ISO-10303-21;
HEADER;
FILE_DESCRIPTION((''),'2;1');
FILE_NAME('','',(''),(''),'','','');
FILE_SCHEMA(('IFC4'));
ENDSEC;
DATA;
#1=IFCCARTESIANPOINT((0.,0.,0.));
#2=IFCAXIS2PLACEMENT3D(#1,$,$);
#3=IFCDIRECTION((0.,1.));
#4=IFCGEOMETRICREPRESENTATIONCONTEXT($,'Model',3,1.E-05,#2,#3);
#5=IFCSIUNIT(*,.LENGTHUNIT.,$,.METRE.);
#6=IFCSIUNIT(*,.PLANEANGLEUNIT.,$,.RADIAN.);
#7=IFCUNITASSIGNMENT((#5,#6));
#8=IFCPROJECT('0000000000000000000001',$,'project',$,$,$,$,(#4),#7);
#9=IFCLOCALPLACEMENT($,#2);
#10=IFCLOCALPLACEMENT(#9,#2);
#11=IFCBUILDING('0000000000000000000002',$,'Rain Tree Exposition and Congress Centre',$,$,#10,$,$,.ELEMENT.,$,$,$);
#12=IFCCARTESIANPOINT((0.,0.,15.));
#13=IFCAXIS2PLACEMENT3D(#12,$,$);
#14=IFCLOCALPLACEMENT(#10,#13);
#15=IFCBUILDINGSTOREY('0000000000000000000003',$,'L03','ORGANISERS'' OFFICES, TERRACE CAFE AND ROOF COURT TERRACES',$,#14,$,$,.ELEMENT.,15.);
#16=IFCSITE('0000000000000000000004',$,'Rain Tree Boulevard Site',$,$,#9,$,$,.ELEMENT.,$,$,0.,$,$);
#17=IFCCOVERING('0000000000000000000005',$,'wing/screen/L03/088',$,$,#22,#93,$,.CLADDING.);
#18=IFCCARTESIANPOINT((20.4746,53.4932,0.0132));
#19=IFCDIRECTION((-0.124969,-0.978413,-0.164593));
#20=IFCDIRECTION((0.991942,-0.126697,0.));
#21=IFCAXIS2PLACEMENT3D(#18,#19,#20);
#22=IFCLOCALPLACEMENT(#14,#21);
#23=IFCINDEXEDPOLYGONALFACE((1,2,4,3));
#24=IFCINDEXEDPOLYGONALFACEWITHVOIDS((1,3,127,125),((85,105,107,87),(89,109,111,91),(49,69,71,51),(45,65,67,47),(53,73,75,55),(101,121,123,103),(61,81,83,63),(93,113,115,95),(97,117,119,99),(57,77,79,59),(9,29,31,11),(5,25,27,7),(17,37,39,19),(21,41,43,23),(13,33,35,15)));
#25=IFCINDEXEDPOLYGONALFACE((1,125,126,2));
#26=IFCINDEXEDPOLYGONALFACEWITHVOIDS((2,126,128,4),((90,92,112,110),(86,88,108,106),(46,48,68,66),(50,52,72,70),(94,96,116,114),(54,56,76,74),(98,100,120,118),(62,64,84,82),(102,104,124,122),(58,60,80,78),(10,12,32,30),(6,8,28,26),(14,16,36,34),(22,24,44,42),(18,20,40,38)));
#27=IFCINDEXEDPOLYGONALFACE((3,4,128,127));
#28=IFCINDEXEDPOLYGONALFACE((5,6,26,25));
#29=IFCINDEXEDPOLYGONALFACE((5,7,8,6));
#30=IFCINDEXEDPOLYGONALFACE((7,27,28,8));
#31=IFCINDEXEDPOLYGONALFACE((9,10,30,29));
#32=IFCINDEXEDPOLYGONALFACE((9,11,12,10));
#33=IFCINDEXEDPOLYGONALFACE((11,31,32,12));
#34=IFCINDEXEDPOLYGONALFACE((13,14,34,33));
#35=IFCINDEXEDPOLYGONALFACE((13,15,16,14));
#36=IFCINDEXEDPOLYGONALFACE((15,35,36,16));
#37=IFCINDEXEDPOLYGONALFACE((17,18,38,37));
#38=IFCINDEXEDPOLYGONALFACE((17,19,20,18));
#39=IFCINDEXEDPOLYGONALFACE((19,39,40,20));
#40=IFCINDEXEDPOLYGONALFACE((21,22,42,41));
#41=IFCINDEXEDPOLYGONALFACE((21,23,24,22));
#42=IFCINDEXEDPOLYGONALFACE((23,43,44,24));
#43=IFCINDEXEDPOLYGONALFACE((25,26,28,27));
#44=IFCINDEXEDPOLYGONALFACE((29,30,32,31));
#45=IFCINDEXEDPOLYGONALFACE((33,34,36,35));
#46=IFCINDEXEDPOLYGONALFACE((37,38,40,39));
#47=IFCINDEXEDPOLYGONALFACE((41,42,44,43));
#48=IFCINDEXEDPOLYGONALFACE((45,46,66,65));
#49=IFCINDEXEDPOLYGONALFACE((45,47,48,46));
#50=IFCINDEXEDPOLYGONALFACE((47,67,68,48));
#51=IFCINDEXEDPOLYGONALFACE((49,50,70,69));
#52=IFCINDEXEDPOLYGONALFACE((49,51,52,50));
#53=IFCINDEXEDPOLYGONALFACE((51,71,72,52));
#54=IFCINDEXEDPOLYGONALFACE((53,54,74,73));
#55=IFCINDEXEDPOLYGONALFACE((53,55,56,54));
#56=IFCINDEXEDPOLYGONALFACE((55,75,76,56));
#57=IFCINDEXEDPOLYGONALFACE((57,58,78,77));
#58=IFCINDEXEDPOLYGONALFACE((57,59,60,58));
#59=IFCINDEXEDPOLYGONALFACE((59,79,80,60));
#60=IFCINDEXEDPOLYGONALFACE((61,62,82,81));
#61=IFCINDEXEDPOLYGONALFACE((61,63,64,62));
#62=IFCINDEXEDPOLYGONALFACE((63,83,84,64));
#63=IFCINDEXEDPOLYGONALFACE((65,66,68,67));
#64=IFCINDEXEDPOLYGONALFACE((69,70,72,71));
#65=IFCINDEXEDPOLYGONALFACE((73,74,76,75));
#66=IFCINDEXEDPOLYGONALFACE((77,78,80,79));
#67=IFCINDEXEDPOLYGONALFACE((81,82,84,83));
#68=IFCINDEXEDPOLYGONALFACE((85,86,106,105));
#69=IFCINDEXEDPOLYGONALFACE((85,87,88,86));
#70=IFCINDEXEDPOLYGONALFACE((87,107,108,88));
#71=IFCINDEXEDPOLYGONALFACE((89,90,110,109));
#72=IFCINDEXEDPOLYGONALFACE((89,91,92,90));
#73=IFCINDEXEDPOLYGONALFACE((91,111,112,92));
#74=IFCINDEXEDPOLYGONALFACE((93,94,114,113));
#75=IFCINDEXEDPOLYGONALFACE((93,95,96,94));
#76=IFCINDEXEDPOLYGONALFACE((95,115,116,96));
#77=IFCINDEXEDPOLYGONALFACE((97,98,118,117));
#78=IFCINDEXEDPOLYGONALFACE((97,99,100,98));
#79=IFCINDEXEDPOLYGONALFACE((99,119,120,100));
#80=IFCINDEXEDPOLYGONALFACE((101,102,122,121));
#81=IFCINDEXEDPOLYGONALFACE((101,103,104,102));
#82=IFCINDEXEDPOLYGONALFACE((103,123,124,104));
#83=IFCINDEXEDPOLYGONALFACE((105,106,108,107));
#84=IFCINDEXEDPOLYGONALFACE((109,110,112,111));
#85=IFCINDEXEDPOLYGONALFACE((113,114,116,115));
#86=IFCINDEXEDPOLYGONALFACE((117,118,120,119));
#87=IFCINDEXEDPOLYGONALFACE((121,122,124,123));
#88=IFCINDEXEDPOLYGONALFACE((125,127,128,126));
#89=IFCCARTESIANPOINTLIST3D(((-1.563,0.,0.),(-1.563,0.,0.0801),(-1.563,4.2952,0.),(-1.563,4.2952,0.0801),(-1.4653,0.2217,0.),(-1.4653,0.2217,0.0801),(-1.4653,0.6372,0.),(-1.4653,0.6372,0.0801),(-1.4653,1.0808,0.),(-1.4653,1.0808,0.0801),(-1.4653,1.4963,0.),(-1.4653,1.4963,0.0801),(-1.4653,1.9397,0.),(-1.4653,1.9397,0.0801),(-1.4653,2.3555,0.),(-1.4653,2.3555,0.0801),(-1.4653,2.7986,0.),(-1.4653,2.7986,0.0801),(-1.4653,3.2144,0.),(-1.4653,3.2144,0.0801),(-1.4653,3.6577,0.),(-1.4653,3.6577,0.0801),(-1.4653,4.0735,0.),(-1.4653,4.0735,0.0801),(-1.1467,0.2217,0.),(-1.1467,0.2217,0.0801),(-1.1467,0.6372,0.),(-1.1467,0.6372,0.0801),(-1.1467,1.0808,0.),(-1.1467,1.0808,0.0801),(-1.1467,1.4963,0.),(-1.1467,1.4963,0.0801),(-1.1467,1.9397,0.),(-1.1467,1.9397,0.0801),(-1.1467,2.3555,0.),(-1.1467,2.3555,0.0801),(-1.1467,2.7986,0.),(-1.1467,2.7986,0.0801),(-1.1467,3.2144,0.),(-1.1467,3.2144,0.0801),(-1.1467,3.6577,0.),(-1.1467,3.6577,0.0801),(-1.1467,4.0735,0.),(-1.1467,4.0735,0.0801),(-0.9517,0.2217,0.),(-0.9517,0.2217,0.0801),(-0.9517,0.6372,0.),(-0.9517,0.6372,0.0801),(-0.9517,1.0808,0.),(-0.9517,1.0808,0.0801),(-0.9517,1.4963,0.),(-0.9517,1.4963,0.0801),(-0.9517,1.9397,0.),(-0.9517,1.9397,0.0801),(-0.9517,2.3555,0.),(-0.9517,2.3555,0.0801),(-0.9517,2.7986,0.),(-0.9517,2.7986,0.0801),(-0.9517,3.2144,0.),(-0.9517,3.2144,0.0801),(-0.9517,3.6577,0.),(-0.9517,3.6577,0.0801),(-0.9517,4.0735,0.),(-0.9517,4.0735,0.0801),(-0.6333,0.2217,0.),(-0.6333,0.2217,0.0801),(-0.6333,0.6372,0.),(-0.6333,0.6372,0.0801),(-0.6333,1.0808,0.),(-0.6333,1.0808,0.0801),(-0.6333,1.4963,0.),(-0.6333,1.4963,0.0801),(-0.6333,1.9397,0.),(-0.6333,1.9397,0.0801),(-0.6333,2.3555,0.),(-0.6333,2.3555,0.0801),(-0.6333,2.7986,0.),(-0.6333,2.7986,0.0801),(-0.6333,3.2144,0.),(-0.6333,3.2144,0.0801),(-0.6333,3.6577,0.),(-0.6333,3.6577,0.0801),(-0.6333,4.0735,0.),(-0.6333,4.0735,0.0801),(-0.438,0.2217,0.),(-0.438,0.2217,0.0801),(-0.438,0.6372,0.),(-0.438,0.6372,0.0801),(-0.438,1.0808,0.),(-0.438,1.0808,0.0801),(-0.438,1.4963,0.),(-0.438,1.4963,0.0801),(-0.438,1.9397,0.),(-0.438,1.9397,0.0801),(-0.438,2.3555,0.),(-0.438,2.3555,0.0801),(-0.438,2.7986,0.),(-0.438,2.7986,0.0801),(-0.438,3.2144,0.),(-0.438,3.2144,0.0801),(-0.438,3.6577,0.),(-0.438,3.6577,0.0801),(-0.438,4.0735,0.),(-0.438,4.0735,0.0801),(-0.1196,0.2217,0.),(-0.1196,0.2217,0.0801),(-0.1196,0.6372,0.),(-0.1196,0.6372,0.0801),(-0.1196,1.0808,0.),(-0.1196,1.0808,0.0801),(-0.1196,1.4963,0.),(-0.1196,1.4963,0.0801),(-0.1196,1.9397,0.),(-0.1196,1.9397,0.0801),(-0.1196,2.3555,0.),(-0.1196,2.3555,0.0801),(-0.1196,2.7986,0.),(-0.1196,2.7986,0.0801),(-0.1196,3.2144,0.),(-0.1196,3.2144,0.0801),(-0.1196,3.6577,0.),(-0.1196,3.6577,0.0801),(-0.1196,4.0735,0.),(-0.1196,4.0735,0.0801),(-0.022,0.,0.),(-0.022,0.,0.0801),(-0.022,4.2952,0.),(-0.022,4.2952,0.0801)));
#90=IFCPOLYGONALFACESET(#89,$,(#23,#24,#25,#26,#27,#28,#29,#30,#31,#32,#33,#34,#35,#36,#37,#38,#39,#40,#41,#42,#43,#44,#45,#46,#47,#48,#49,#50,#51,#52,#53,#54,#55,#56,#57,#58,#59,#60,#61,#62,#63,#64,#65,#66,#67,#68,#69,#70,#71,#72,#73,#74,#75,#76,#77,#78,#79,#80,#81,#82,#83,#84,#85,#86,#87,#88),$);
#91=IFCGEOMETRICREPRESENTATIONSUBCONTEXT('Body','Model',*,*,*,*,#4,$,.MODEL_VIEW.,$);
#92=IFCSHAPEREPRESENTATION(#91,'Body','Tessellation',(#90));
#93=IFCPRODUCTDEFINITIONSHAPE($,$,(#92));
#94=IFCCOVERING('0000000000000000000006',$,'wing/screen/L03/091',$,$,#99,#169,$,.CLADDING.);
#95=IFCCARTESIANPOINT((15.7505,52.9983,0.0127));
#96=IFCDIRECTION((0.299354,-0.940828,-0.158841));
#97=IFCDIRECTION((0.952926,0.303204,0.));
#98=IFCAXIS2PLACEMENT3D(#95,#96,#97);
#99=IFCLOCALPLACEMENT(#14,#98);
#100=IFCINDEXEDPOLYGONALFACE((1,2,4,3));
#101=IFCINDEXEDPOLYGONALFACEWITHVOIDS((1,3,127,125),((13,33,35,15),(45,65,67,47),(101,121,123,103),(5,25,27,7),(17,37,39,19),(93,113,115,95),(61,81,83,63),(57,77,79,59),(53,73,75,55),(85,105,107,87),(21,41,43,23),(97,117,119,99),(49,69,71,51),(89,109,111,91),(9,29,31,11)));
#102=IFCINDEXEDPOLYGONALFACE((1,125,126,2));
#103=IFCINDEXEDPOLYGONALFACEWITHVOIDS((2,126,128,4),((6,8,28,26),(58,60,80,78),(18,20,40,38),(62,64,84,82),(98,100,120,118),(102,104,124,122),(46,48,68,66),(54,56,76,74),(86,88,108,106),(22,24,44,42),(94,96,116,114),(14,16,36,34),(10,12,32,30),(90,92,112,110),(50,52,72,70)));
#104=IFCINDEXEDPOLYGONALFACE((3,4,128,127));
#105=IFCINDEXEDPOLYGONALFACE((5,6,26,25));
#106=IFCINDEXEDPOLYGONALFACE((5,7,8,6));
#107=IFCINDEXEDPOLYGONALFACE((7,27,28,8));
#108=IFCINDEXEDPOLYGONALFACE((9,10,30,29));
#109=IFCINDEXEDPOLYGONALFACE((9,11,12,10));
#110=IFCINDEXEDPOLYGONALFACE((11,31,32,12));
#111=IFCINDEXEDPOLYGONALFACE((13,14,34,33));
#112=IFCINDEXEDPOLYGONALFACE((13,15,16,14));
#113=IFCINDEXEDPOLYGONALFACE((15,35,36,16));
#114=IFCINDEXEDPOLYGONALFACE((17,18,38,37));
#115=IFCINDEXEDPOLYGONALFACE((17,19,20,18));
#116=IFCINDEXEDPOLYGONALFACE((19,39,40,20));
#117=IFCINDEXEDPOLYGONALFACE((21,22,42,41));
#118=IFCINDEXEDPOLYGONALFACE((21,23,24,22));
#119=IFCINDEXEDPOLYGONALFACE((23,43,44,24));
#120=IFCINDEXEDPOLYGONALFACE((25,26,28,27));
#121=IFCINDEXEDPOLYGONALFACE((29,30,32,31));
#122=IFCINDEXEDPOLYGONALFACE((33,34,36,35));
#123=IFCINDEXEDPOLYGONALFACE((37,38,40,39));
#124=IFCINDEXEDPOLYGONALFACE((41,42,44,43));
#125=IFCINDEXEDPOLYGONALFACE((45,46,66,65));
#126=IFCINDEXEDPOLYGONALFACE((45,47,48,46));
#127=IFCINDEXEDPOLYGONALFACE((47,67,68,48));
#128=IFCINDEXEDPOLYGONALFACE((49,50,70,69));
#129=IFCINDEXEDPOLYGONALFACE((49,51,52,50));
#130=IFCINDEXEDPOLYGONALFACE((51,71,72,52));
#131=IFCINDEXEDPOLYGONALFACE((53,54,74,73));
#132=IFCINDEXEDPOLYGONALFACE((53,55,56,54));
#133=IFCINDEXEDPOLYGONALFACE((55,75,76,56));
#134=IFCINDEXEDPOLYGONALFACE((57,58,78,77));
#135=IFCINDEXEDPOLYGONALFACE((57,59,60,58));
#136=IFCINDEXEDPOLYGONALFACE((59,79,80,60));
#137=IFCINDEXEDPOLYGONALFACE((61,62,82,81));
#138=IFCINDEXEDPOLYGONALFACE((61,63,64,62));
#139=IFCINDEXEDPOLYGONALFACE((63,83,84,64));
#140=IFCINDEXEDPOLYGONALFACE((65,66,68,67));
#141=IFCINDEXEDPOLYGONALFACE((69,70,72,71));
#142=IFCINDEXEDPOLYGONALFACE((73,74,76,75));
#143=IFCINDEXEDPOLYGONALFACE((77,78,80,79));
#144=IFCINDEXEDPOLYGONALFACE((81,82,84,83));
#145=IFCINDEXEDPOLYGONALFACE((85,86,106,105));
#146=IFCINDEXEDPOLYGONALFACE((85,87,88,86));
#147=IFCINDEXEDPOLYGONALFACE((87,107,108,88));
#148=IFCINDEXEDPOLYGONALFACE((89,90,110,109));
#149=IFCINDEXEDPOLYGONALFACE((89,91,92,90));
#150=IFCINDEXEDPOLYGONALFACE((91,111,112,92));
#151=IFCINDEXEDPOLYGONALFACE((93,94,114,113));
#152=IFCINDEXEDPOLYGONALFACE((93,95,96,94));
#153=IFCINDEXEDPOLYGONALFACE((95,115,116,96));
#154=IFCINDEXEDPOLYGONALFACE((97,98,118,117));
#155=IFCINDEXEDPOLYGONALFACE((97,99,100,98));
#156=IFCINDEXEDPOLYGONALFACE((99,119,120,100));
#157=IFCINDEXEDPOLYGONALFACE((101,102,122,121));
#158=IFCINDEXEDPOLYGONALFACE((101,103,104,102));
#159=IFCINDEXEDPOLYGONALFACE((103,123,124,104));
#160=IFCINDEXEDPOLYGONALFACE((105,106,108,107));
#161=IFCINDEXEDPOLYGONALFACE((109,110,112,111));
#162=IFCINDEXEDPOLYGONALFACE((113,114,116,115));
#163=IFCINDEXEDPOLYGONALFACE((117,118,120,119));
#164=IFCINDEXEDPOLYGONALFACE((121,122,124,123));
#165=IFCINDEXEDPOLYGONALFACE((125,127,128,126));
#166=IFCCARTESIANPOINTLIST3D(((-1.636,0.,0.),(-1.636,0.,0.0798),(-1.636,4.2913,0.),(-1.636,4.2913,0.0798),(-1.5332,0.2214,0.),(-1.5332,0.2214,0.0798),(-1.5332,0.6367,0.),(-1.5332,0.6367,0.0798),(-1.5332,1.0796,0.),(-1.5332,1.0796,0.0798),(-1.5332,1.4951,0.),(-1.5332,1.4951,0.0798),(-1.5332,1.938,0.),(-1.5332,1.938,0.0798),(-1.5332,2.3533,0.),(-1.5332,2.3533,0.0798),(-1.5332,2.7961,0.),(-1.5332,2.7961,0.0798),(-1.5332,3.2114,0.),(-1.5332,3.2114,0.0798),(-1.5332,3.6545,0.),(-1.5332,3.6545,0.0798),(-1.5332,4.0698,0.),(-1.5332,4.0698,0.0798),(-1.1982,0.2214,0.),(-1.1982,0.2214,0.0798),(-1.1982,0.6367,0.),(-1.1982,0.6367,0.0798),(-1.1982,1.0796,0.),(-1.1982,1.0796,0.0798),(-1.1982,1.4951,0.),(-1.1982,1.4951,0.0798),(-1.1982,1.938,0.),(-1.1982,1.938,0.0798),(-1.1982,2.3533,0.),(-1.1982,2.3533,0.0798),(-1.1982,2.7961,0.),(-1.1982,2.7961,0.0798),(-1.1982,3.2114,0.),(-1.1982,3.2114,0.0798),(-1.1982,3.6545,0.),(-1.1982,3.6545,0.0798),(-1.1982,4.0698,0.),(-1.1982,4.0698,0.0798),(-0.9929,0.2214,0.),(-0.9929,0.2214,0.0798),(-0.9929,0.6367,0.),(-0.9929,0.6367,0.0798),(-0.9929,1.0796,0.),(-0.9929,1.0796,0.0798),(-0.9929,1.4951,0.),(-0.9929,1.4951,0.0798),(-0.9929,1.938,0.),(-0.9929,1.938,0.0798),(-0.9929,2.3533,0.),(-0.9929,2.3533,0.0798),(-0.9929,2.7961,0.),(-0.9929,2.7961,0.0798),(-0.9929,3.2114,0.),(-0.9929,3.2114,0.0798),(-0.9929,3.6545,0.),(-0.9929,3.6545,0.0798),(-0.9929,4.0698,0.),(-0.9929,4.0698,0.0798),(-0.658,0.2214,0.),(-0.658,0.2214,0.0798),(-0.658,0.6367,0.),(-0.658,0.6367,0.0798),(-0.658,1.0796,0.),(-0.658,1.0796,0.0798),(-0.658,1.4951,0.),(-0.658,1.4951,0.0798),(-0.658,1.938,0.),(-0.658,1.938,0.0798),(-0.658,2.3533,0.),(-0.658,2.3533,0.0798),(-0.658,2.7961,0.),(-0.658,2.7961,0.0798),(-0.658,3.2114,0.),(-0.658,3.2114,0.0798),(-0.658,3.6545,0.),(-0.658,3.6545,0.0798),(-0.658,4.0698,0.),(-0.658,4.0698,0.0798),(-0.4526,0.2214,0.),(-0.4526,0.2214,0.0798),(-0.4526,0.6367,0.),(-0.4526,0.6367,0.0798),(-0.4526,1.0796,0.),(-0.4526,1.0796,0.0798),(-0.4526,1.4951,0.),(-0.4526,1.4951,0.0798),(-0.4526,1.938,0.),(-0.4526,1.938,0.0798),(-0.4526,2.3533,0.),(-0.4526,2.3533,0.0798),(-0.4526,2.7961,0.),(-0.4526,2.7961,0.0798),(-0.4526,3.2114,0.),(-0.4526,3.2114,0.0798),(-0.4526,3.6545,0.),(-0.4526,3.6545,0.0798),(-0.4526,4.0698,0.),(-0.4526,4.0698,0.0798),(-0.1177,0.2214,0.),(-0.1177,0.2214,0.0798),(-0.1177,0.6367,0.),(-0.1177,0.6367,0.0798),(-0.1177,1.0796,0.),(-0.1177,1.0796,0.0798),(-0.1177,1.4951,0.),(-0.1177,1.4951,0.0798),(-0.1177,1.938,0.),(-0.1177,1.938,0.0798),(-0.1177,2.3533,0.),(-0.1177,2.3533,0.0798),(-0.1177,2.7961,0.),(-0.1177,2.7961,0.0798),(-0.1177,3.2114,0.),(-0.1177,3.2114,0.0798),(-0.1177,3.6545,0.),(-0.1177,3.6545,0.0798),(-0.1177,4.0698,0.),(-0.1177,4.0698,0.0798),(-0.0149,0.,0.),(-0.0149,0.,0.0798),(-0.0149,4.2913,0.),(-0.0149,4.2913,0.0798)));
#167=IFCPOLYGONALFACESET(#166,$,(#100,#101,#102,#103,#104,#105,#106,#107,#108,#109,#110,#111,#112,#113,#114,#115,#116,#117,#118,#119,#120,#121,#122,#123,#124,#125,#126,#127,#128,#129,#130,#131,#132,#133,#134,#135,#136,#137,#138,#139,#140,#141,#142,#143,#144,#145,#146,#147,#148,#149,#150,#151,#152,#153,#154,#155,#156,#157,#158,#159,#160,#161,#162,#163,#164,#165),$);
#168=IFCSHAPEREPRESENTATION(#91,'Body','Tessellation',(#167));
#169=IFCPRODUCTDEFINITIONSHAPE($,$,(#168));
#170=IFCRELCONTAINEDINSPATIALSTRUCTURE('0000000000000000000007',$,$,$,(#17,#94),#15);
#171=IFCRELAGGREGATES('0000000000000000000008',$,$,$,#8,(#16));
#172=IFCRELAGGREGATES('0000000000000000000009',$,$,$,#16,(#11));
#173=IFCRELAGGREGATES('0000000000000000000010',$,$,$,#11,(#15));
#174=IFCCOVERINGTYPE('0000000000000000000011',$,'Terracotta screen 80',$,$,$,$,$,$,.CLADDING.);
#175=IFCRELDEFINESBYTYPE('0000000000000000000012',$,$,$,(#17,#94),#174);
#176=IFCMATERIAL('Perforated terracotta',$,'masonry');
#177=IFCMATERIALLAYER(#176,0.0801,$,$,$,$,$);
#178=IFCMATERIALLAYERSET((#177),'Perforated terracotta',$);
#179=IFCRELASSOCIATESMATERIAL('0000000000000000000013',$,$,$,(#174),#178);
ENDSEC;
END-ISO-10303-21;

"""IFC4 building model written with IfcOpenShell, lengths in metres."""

from ifc_helpers import new_model, si_unit, direction, frame, origin, place, context, subcontext, project, spatial, polyline, outline, extrude, material, layer, layer_set, type_object, element, save


model = new_model("IFC4")

# Units and contexts
model_context = context("Model", 3, precision=1e-05, world=origin(), true_north=direction((0.0, 1.0)))
body_context = subcontext(model_context, "Body", "Model", "MODEL_VIEW")
ifc_project = project(units=[si_unit("LENGTHUNIT", "METRE"), si_unit("PLANEANGLEUNIT", "RADIAN")], contexts=[model_context])

# Site, building, storey
site_placement = place(None, origin())
site = spatial("IfcSite", under=ifc_project, at=site_placement, Name="Rain Tree Boulevard Site", CompositionType="ELEMENT", RefElevation=0.0)
building_placement = place(site_placement, origin())
building = spatial("IfcBuilding", under=site, at=building_placement, Name="Rain Tree Exposition and Congress Centre", CompositionType="ELEMENT")
storey_placement = place(building_placement, frame((0.0, 0.0, 15.0)))
storey = spatial("IfcBuildingStorey", under=building, at=storey_placement, Name="L03", Description="ORGANISERS' OFFICES, TERRACE CAFE AND ROOF COURT TERRACES", CompositionType="ELEMENT", Elevation=15.0)

# Coverings
ifc_material_1 = material(Name="Perforated terracotta", Category="masonry")
ifc_layer = layer(ifc_material_1, 0.0801)
ifc_layer_set = layer_set([ifc_layer], Name="Perforated terracotta")
covering_type = type_object("IfcCoveringType", Name="Terracotta screen 80", PredefinedType="CLADDING", material=ifc_layer_set)
covering_1_placement = place(storey_placement, frame((20.4746, 53.4932, 0.0132), z_axis=(-0.124969, -0.978413, -0.164593), x_axis=(0.991942, -0.126697, 0.0)))
element("IfcCovering", 1, at=covering_1_placement, inside=storey, type_object=covering_type, Name="wing/screen/L03/088", PredefinedType="CLADDING", context=body_context, shape_type="SweptSolid", body=[
    extrude(outline(polyline([(-1.563, 0.0), (-1.563, 4.2952), (-0.022, 4.2952), (-0.022, 0.0), (-1.563, 0.0)]), holes=[polyline([(-0.1196, 0.2217), (-0.1196, 0.6372), (-0.438, 0.6372), (-0.438, 0.2217), (-0.1196, 0.2217)]), polyline([(-0.1196, 1.0808), (-0.1196, 1.4963), (-0.438, 1.4963), (-0.438, 1.0808), (-0.1196, 1.0808)]), polyline([(-0.1196, 1.9397), (-0.1196, 2.3555), (-0.438, 2.3555), (-0.438, 1.9397), (-0.1196, 1.9397)]), polyline([(-0.1196, 2.7986), (-0.1196, 3.2144), (-0.438, 3.2144), (-0.438, 2.7986), (-0.1196, 2.7986)]), polyline([(-0.1196, 3.6577), (-0.1196, 4.0735), (-0.438, 4.0735), (-0.438, 3.6577), (-0.1196, 3.6577)]), polyline([(-0.6333, 0.2217), (-0.6333, 0.6372), (-0.9517, 0.6372), (-0.9517, 0.2217), (-0.6333, 0.2217)]), polyline([(-0.6333, 1.0808), (-0.6333, 1.4963), (-0.9517, 1.4963), (-0.9517, 1.0808), (-0.6333, 1.0808)]), polyline([(-0.6333, 1.9397), (-0.6333, 2.3555), (-0.9517, 2.3555), (-0.9517, 1.9397), (-0.6333, 1.9397)]), polyline([(-0.6333, 2.7986), (-0.6333, 3.2144), (-0.9517, 3.2144), (-0.9517, 2.7986), (-0.6333, 2.7986)]), polyline([(-0.6333, 3.6577), (-0.6333, 4.0735), (-0.9517, 4.0735), (-0.9517, 3.6577), (-0.6333, 3.6577)]), polyline([(-1.1467, 0.2217), (-1.1467, 0.6372), (-1.4653, 0.6372), (-1.4653, 0.2217), (-1.1467, 0.2217)]), polyline([(-1.1467, 1.0808), (-1.1467, 1.4963), (-1.4653, 1.4963), (-1.4653, 1.0808), (-1.1467, 1.0808)]), polyline([(-1.1467, 1.9397), (-1.1467, 2.3555), (-1.4653, 2.3555), (-1.4653, 1.9397), (-1.1467, 1.9397)]), polyline([(-1.1467, 2.7986), (-1.1467, 3.2144), (-1.4653, 3.2144), (-1.4653, 2.7986), (-1.1467, 2.7986)]), polyline([(-1.1467, 3.6577), (-1.1467, 4.0735), (-1.4653, 4.0735), (-1.4653, 3.6577), (-1.1467, 3.6577)])]), origin(), (0.0, 0.0, 1.0), 0.0801),
])
covering_2_placement = place(storey_placement, frame((15.7505, 52.9983, 0.0127), z_axis=(0.299354, -0.940828, -0.158841), x_axis=(0.952926, 0.303204, 0.0)))
element("IfcCovering", 2, at=covering_2_placement, inside=storey, type_object=covering_type, Name="wing/screen/L03/091", PredefinedType="CLADDING", context=body_context, shape_type="SweptSolid", body=[
    extrude(outline(polyline([(-1.636, 0.0), (-1.636, 4.2913), (-0.0149, 4.2913), (-0.0149, 0.0), (-1.636, 0.0)]), holes=[polyline([(-0.1177, 0.2214), (-0.1177, 0.6367), (-0.4526, 0.6367), (-0.4526, 0.2214), (-0.1177, 0.2214)]), polyline([(-0.1177, 1.0796), (-0.1177, 1.4951), (-0.4526, 1.4951), (-0.4526, 1.0796), (-0.1177, 1.0796)]), polyline([(-0.1177, 1.938), (-0.1177, 2.3533), (-0.4526, 2.3533), (-0.4526, 1.938), (-0.1177, 1.938)]), polyline([(-0.1177, 2.7961), (-0.1177, 3.2114), (-0.4526, 3.2114), (-0.4526, 2.7961), (-0.1177, 2.7961)]), polyline([(-0.1177, 3.6545), (-0.1177, 4.0698), (-0.4526, 4.0698), (-0.4526, 3.6545), (-0.1177, 3.6545)]), polyline([(-0.658, 0.2214), (-0.658, 0.6367), (-0.9929, 0.6367), (-0.9929, 0.2214), (-0.658, 0.2214)]), polyline([(-0.658, 1.0796), (-0.658, 1.4951), (-0.9929, 1.4951), (-0.9929, 1.0796), (-0.658, 1.0796)]), polyline([(-0.658, 1.938), (-0.658, 2.3533), (-0.9929, 2.3533), (-0.9929, 1.938), (-0.658, 1.938)]), polyline([(-0.658, 2.7961), (-0.658, 3.2114), (-0.9929, 3.2114), (-0.9929, 2.7961), (-0.658, 2.7961)]), polyline([(-0.658, 3.6545), (-0.658, 4.0698), (-0.9929, 4.0698), (-0.9929, 3.6545), (-0.658, 3.6545)]), polyline([(-1.1982, 0.2214), (-1.1982, 0.6367), (-1.5332, 0.6367), (-1.5332, 0.2214), (-1.1982, 0.2214)]), polyline([(-1.1982, 1.0796), (-1.1982, 1.4951), (-1.5332, 1.4951), (-1.5332, 1.0796), (-1.1982, 1.0796)]), polyline([(-1.1982, 1.938), (-1.1982, 2.3533), (-1.5332, 2.3533), (-1.5332, 1.938), (-1.1982, 1.938)]), polyline([(-1.1982, 2.7961), (-1.1982, 3.2114), (-1.5332, 3.2114), (-1.5332, 2.7961), (-1.1982, 2.7961)]), polyline([(-1.1982, 3.6545), (-1.1982, 4.0698), (-1.5332, 4.0698), (-1.5332, 3.6545), (-1.1982, 3.6545)])]), origin(), (0.0, 0.0, 1.0), 0.0798),
])

save(model, "model.ifc")
